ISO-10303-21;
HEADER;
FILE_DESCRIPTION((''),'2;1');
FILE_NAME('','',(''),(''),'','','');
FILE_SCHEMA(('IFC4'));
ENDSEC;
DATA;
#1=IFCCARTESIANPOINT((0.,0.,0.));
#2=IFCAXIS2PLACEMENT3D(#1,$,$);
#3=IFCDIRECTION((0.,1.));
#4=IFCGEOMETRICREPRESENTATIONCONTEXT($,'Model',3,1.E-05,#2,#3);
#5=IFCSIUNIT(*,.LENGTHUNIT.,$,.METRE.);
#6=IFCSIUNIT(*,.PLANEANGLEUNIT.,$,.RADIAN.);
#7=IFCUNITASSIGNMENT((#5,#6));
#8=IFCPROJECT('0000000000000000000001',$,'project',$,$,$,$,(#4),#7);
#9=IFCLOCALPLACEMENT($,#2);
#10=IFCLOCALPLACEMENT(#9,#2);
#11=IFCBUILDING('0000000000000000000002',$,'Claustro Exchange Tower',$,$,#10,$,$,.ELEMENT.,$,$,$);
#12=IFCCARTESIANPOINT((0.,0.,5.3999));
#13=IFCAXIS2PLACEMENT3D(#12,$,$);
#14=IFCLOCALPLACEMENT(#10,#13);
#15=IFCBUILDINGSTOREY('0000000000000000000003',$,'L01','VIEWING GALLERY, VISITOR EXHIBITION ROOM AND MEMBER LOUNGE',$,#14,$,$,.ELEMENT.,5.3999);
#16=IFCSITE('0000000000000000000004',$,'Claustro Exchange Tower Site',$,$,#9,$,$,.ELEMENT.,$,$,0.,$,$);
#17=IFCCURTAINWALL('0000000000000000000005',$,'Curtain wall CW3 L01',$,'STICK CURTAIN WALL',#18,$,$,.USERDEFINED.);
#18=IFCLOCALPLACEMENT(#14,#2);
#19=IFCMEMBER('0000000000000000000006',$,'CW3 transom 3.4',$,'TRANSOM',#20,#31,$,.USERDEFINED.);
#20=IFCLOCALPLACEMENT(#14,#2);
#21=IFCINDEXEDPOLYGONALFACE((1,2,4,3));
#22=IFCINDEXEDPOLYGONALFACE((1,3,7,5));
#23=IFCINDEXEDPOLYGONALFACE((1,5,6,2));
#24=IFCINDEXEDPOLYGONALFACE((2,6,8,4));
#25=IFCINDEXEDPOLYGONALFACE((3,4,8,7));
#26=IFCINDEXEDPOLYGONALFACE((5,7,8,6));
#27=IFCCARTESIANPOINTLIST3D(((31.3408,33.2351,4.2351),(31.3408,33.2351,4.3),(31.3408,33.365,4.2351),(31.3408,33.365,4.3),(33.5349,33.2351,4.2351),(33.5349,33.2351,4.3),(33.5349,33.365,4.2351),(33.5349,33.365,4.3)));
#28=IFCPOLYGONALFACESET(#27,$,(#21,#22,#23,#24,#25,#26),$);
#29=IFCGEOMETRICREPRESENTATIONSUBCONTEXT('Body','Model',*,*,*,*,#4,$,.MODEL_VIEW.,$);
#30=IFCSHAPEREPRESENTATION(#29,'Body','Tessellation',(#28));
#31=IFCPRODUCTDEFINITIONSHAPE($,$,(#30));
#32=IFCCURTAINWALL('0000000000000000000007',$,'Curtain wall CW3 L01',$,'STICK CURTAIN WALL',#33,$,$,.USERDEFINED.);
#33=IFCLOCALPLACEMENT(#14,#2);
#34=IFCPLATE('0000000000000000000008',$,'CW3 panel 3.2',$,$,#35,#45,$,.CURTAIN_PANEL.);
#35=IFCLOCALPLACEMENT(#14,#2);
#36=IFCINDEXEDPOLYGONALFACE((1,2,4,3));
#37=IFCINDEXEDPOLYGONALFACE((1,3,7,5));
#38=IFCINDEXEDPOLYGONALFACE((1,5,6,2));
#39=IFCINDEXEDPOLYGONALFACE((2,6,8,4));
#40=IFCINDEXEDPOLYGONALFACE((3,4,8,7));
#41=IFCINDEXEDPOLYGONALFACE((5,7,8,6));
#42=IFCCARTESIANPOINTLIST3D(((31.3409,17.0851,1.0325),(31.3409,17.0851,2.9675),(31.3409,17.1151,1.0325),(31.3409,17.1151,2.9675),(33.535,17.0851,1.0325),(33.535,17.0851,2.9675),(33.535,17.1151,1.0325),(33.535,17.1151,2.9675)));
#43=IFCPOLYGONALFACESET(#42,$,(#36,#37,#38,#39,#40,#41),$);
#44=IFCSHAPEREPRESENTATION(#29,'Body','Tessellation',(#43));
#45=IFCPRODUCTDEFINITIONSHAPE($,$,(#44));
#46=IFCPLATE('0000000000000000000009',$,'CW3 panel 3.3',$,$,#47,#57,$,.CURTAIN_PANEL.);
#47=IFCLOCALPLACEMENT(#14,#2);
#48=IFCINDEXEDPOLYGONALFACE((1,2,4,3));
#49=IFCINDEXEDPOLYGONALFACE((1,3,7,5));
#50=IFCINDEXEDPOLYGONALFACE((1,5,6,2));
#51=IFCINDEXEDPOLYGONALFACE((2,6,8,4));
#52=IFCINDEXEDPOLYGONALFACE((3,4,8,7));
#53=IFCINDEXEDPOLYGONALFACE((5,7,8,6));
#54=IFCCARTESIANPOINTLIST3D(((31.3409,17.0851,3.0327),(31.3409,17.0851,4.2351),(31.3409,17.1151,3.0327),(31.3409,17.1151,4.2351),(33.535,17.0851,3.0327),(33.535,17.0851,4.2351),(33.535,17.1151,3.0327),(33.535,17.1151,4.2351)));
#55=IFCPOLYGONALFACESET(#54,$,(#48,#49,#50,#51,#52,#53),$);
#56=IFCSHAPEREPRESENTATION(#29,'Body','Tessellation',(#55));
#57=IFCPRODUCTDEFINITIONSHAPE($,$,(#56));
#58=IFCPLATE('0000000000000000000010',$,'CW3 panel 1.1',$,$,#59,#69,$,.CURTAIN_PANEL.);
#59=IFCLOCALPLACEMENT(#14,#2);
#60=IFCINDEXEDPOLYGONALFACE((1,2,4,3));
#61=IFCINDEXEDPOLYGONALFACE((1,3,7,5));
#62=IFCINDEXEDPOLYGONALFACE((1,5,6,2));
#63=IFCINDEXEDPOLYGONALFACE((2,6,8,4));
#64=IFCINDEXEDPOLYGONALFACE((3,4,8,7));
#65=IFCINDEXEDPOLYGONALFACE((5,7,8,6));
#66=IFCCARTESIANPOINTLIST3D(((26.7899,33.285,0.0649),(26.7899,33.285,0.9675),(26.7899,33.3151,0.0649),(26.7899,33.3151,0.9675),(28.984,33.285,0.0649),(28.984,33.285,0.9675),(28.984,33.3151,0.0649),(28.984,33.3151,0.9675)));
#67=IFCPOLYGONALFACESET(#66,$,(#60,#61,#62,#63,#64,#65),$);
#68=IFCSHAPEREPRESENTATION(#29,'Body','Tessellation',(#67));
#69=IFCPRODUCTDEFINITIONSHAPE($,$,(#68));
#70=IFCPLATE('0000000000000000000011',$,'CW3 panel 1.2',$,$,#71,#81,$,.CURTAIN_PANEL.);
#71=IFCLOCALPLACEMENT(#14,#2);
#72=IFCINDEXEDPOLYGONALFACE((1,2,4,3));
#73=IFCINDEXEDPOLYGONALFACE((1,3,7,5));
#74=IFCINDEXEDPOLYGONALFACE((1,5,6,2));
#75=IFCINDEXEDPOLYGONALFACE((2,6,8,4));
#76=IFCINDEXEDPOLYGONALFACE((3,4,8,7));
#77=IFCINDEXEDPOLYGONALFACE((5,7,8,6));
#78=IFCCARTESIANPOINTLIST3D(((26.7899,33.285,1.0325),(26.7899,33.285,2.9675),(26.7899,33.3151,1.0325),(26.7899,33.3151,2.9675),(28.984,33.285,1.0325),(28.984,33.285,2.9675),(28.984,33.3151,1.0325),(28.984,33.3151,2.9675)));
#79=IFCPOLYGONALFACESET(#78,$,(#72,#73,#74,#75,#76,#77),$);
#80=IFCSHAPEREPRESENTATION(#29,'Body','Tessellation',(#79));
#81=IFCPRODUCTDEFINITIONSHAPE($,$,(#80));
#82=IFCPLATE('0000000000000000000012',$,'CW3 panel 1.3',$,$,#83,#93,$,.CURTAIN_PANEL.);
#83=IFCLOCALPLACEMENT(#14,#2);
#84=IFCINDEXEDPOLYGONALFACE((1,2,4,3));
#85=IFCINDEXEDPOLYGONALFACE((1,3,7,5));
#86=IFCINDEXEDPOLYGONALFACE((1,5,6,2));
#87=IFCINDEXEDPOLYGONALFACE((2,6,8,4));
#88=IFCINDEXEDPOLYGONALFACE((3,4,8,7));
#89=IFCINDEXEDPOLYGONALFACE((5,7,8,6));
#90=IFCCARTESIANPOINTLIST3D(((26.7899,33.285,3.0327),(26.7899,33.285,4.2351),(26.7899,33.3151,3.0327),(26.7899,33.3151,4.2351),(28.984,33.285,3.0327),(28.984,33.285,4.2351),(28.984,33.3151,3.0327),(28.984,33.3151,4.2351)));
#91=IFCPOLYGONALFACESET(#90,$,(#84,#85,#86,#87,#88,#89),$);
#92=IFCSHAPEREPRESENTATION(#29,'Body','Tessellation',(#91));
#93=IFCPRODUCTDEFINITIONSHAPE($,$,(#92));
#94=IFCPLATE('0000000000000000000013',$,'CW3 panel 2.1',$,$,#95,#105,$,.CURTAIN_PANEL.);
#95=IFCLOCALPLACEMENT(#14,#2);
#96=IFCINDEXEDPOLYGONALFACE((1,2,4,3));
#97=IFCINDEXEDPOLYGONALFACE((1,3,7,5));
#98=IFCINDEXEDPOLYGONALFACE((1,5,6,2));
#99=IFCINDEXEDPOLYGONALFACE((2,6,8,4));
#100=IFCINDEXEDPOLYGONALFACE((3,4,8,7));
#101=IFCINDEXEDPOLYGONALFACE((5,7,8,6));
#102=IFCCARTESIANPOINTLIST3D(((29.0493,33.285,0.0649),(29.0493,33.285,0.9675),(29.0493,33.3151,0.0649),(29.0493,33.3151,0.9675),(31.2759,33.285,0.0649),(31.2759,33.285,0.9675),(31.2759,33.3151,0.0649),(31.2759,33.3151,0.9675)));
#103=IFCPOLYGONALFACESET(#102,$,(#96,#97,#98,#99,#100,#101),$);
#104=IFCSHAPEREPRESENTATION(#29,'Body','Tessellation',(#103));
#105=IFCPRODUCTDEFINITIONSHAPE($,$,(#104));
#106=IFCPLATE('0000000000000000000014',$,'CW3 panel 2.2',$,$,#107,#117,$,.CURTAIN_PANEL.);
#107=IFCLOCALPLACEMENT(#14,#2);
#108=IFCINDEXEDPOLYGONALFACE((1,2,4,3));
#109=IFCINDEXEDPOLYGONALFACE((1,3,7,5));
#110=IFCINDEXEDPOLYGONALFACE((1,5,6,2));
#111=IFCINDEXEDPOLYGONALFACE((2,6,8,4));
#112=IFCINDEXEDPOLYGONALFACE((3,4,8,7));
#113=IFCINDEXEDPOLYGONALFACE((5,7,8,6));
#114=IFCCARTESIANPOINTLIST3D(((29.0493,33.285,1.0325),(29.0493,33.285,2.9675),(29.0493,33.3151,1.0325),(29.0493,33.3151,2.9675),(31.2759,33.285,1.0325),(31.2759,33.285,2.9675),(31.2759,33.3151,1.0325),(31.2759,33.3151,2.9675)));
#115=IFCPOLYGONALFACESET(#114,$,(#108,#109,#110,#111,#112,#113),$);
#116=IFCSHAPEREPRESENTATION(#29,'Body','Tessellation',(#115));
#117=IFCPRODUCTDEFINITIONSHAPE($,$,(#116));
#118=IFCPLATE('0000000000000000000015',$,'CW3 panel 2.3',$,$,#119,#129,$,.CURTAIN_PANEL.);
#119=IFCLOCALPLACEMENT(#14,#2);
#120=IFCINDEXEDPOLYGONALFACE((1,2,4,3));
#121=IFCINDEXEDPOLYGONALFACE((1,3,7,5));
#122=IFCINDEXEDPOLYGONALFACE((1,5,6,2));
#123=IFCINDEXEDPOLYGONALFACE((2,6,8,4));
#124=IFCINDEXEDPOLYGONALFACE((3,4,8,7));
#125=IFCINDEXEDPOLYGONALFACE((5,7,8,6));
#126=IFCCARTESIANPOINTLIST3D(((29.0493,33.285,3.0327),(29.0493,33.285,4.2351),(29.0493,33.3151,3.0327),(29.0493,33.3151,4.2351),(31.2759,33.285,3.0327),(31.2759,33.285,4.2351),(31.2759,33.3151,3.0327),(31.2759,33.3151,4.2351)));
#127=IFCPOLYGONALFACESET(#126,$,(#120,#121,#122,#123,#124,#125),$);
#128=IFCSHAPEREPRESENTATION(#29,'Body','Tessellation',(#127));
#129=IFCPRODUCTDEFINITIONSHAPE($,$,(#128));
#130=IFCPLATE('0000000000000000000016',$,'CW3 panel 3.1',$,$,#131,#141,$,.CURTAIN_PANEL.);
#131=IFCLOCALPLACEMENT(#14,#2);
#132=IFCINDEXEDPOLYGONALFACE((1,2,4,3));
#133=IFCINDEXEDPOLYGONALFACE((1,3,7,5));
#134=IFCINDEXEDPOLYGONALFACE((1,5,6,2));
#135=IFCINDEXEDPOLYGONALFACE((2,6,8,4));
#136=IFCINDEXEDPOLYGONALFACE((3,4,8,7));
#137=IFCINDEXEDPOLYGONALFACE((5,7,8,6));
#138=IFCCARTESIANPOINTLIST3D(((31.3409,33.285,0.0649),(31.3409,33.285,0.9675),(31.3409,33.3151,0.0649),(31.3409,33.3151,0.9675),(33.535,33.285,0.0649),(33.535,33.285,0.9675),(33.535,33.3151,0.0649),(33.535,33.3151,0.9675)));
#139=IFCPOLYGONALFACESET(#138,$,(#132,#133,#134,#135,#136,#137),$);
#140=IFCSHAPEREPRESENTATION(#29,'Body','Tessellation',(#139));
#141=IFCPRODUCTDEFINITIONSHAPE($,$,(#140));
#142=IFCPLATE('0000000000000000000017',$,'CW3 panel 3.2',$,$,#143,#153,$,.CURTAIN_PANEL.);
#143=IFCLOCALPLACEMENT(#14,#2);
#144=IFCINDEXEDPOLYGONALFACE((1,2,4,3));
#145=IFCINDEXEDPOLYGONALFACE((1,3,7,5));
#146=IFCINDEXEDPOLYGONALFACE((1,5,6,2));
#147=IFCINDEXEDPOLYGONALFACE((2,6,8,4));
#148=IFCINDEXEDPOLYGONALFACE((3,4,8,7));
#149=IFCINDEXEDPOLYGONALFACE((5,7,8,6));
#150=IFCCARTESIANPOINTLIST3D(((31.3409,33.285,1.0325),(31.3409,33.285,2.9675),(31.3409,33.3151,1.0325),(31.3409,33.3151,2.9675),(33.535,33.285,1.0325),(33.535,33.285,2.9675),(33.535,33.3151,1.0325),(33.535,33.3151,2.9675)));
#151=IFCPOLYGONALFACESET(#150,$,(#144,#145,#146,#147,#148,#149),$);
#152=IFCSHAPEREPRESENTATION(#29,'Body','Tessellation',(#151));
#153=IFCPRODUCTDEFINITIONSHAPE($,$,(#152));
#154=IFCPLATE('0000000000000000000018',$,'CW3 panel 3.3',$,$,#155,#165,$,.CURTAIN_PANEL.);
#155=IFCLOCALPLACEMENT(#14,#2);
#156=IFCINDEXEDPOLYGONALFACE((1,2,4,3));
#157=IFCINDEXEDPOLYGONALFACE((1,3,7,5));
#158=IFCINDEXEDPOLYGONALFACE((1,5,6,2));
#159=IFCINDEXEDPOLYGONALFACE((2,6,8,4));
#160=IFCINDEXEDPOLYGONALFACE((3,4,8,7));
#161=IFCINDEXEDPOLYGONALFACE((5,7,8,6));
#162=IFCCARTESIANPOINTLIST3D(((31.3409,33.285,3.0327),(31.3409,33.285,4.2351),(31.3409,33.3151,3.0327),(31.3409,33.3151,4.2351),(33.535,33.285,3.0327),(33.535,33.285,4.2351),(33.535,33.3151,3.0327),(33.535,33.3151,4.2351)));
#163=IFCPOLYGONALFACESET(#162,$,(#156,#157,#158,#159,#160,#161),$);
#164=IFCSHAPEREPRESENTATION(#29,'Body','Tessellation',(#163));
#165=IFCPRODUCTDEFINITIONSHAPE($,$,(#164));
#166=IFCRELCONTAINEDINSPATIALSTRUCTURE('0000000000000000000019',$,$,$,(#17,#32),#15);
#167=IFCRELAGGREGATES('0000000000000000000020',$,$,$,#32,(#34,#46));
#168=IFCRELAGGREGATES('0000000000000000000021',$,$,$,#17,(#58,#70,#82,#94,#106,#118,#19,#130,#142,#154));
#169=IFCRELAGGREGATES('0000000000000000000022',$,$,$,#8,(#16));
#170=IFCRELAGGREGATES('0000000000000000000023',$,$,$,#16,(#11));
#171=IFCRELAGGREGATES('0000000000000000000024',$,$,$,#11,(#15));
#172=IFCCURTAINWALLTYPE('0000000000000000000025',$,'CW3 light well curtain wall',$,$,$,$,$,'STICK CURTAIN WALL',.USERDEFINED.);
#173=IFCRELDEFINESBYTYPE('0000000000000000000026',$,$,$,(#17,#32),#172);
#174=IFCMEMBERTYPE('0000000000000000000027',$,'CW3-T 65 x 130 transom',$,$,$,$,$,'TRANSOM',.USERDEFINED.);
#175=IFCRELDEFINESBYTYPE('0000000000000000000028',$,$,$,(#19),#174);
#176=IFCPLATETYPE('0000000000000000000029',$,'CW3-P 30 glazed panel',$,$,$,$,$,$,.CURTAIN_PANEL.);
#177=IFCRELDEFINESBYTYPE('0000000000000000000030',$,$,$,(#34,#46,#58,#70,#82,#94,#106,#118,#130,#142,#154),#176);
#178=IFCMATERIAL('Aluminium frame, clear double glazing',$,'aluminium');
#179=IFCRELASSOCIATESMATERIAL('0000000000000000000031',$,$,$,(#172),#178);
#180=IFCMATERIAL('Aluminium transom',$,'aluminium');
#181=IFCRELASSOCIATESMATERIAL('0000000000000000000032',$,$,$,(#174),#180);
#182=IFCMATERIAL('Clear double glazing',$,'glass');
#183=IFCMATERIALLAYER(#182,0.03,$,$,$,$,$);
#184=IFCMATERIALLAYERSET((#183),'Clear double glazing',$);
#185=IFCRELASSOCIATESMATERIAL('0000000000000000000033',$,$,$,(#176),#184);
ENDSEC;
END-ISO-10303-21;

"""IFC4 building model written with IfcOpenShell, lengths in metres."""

from ifc_helpers import new_model, si_unit, direction, frame, origin, origin_2d, place, context, subcontext, project, spatial, rectangle, extrude, material, layer, layer_set, material_profile, profile_set, type_object, element, aggregate, save


model = new_model("IFC4")

# Units and contexts
model_context = context("Model", 3, precision=1e-05, world=origin(), true_north=direction((0.0, 1.0)))
body_context = subcontext(model_context, "Body", "Model", "MODEL_VIEW")
ifc_project = project(units=[si_unit("LENGTHUNIT", "METRE"), si_unit("PLANEANGLEUNIT", "RADIAN")], contexts=[model_context])

# Site, building, storey
site_placement = place(None, origin())
site = spatial("IfcSite", under=ifc_project, at=site_placement, Name="Claustro Exchange Tower Site", CompositionType="ELEMENT", RefElevation=0.0)
building_placement = place(site_placement, origin())
building = spatial("IfcBuilding", under=site, at=building_placement, Name="Claustro Exchange Tower", CompositionType="ELEMENT")
storey_placement = place(building_placement, frame((0.0, 0.0, 5.3999)))
storey = spatial("IfcBuildingStorey", under=building, at=storey_placement, Name="L01", Description="VIEWING GALLERY, VISITOR EXHIBITION ROOM AND MEMBER LOUNGE", CompositionType="ELEMENT", Elevation=5.3999)

# Shared definitions
ifc_material_1 = material(Name="Aluminium frame, clear double glazing", Category="aluminium")
curtain_wall_type = type_object("IfcCurtainWallType", Name="CW3 light well curtain wall", ElementType="STICK CURTAIN WALL", PredefinedType="USERDEFINED", material=ifc_material_1)

# Curtain wall, member
curtain_wall_1_placement = place(storey_placement, origin())
curtain_wall_1 = element("IfcCurtainWall", 1, at=curtain_wall_1_placement, inside=storey, type_object=curtain_wall_type, Name="Curtain wall CW3 L01", ObjectType="STICK CURTAIN WALL", PredefinedType="USERDEFINED")
ifc_material_2 = material(Name="Aluminium transom", Category="aluminium")
ifc_material_profile_1 = material_profile(ifc_material_2, rectangle(XDim=0.1299, YDim=0.0649, at=origin_2d()), Name="CW3-T 65x130")
ifc_profile_set_1 = profile_set([ifc_material_profile_1], Name="Aluminium transom")
member_type_1 = type_object("IfcMemberType", Name="CW3-T 65 x 130 transom", ElementType="TRANSOM", PredefinedType="USERDEFINED", material=ifc_profile_set_1)
member_1_placement = place(storey_placement, frame((31.3408, 33.3, 4.2676), z_axis=(1.0, 0.0, 0.0), x_axis=(0.0, 1.0, 0.0)))
member_1 = element("IfcMember", 2, at=member_1_placement, type_object=member_type_1, Name="CW3 transom 3.4", ObjectType="TRANSOM", PredefinedType="USERDEFINED", context=body_context, shape_type="SweptSolid", body=[
    extrude(rectangle(XDim=0.1299, YDim=0.0649, at=origin_2d()), origin(), (0.0, 0.0, 1.0), 2.1941),
])

# Curtain wall, plates
curtain_wall_2_placement = place(storey_placement, origin())
curtain_wall_2 = element("IfcCurtainWall", 3, at=curtain_wall_2_placement, inside=storey, type_object=curtain_wall_type, Name="Curtain wall CW3 L01", ObjectType="STICK CURTAIN WALL", PredefinedType="USERDEFINED")
ifc_material_3 = material(Name="Clear double glazing", Category="glass")
ifc_layer = layer(ifc_material_3, 0.03)
ifc_layer_set = layer_set([ifc_layer], Name="Clear double glazing")
plate_type = type_object("IfcPlateType", Name="CW3-P 30 glazed panel", PredefinedType="CURTAIN_PANEL", material=ifc_layer_set)
plate_1_placement = place(storey_placement, frame((32.438, 17.1001, 1.0325), z_axis=(0.0, 0.0, 1.0), x_axis=(1.0, 0.0, 0.0)))
plate_1 = element("IfcPlate", 4, at=plate_1_placement, type_object=plate_type, Name="CW3 panel 3.2", PredefinedType="CURTAIN_PANEL", context=body_context, shape_type="SweptSolid", body=[
    extrude(rectangle(XDim=2.1941, YDim=0.03, at=origin_2d()), origin(), (0.0, 0.0, 1.0), 1.9351),
])
plate_2_placement = place(storey_placement, frame((32.438, 17.1001, 3.0327), z_axis=(0.0, 0.0, 1.0), x_axis=(1.0, 0.0, 0.0)))
plate_2 = element("IfcPlate", 5, at=plate_2_placement, type_object=plate_type, Name="CW3 panel 3.3", PredefinedType="CURTAIN_PANEL", context=body_context, shape_type="SweptSolid", body=[
    extrude(rectangle(XDim=2.1941, YDim=0.03, at=origin_2d()), origin(), (0.0, 0.0, 1.0), 1.2024),
])
aggregate(curtain_wall_2, [plate_1, plate_2])

# Plates
plate_3_placement = place(storey_placement, frame((27.887, 33.3, 0.0649), z_axis=(0.0, 0.0, 1.0), x_axis=(1.0, 0.0, 0.0)))
plate_3 = element("IfcPlate", 6, at=plate_3_placement, type_object=plate_type, Name="CW3 panel 1.1", PredefinedType="CURTAIN_PANEL", context=body_context, shape_type="SweptSolid", body=[
    extrude(rectangle(XDim=2.1941, YDim=0.03, at=origin_2d()), origin(), (0.0, 0.0, 1.0), 0.9026),
])
plate_4_placement = place(storey_placement, frame((27.887, 33.3, 1.0325), z_axis=(0.0, 0.0, 1.0), x_axis=(1.0, 0.0, 0.0)))
plate_4 = element("IfcPlate", 7, at=plate_4_placement, type_object=plate_type, Name="CW3 panel 1.2", PredefinedType="CURTAIN_PANEL", context=body_context, shape_type="SweptSolid", body=[
    extrude(rectangle(XDim=2.1941, YDim=0.03, at=origin_2d()), origin(), (0.0, 0.0, 1.0), 1.9351),
])
plate_5_placement = place(storey_placement, frame((27.887, 33.3, 3.0327), z_axis=(0.0, 0.0, 1.0), x_axis=(1.0, 0.0, 0.0)))
plate_5 = element("IfcPlate", 8, at=plate_5_placement, type_object=plate_type, Name="CW3 panel 1.3", PredefinedType="CURTAIN_PANEL", context=body_context, shape_type="SweptSolid", body=[
    extrude(rectangle(XDim=2.1941, YDim=0.03, at=origin_2d()), origin(), (0.0, 0.0, 1.0), 1.2024),
])
plate_6_placement = place(storey_placement, frame((30.1626, 33.3, 0.0649), z_axis=(0.0, 0.0, 1.0), x_axis=(1.0, 0.0, 0.0)))
plate_6 = element("IfcPlate", 9, at=plate_6_placement, type_object=plate_type, Name="CW3 panel 2.1", PredefinedType="CURTAIN_PANEL", context=body_context, shape_type="SweptSolid", body=[
    extrude(rectangle(XDim=2.2266, YDim=0.03, at=origin_2d()), origin(), (0.0, 0.0, 1.0), 0.9026),
])
plate_7_placement = place(storey_placement, frame((30.1626, 33.3, 1.0325), z_axis=(0.0, 0.0, 1.0), x_axis=(1.0, 0.0, 0.0)))
plate_7 = element("IfcPlate", 10, at=plate_7_placement, type_object=plate_type, Name="CW3 panel 2.2", PredefinedType="CURTAIN_PANEL", context=body_context, shape_type="SweptSolid", body=[
    extrude(rectangle(XDim=2.2266, YDim=0.03, at=origin_2d()), origin(), (0.0, 0.0, 1.0), 1.9351),
])
plate_8_placement = place(storey_placement, frame((30.1626, 33.3, 3.0327), z_axis=(0.0, 0.0, 1.0), x_axis=(1.0, 0.0, 0.0)))
plate_8 = element("IfcPlate", 11, at=plate_8_placement, type_object=plate_type, Name="CW3 panel 2.3", PredefinedType="CURTAIN_PANEL", context=body_context, shape_type="SweptSolid", body=[
    extrude(rectangle(XDim=2.2266, YDim=0.03, at=origin_2d()), origin(), (0.0, 0.0, 1.0), 1.2024),
])
plate_9_placement = place(storey_placement, frame((32.438, 33.3, 0.0649), z_axis=(0.0, 0.0, 1.0), x_axis=(1.0, 0.0, 0.0)))
plate_9 = element("IfcPlate", 12, at=plate_9_placement, type_object=plate_type, Name="CW3 panel 3.1", PredefinedType="CURTAIN_PANEL", context=body_context, shape_type="SweptSolid", body=[
    extrude(rectangle(XDim=2.1941, YDim=0.03, at=origin_2d()), origin(), (0.0, 0.0, 1.0), 0.9026),
])
plate_10_placement = place(storey_placement, frame((32.438, 33.3, 1.0325), z_axis=(0.0, 0.0, 1.0), x_axis=(1.0, 0.0, 0.0)))
plate_10 = element("IfcPlate", 13, at=plate_10_placement, type_object=plate_type, Name="CW3 panel 3.2", PredefinedType="CURTAIN_PANEL", context=body_context, shape_type="SweptSolid", body=[
    extrude(rectangle(XDim=2.1941, YDim=0.03, at=origin_2d()), origin(), (0.0, 0.0, 1.0), 1.9351),
])
plate_11_placement = place(storey_placement, frame((32.438, 33.3, 3.0327), z_axis=(0.0, 0.0, 1.0), x_axis=(1.0, 0.0, 0.0)))
plate_11 = element("IfcPlate", 14, at=plate_11_placement, type_object=plate_type, Name="CW3 panel 3.3", PredefinedType="CURTAIN_PANEL", context=body_context, shape_type="SweptSolid", body=[
    extrude(rectangle(XDim=2.1941, YDim=0.03, at=origin_2d()), origin(), (0.0, 0.0, 1.0), 1.2024),
])
aggregate(curtain_wall_1, [plate_3, plate_4, plate_5, plate_6, plate_7, plate_8, member_1, plate_9, plate_10, plate_11])

save(model, "model.ifc")
